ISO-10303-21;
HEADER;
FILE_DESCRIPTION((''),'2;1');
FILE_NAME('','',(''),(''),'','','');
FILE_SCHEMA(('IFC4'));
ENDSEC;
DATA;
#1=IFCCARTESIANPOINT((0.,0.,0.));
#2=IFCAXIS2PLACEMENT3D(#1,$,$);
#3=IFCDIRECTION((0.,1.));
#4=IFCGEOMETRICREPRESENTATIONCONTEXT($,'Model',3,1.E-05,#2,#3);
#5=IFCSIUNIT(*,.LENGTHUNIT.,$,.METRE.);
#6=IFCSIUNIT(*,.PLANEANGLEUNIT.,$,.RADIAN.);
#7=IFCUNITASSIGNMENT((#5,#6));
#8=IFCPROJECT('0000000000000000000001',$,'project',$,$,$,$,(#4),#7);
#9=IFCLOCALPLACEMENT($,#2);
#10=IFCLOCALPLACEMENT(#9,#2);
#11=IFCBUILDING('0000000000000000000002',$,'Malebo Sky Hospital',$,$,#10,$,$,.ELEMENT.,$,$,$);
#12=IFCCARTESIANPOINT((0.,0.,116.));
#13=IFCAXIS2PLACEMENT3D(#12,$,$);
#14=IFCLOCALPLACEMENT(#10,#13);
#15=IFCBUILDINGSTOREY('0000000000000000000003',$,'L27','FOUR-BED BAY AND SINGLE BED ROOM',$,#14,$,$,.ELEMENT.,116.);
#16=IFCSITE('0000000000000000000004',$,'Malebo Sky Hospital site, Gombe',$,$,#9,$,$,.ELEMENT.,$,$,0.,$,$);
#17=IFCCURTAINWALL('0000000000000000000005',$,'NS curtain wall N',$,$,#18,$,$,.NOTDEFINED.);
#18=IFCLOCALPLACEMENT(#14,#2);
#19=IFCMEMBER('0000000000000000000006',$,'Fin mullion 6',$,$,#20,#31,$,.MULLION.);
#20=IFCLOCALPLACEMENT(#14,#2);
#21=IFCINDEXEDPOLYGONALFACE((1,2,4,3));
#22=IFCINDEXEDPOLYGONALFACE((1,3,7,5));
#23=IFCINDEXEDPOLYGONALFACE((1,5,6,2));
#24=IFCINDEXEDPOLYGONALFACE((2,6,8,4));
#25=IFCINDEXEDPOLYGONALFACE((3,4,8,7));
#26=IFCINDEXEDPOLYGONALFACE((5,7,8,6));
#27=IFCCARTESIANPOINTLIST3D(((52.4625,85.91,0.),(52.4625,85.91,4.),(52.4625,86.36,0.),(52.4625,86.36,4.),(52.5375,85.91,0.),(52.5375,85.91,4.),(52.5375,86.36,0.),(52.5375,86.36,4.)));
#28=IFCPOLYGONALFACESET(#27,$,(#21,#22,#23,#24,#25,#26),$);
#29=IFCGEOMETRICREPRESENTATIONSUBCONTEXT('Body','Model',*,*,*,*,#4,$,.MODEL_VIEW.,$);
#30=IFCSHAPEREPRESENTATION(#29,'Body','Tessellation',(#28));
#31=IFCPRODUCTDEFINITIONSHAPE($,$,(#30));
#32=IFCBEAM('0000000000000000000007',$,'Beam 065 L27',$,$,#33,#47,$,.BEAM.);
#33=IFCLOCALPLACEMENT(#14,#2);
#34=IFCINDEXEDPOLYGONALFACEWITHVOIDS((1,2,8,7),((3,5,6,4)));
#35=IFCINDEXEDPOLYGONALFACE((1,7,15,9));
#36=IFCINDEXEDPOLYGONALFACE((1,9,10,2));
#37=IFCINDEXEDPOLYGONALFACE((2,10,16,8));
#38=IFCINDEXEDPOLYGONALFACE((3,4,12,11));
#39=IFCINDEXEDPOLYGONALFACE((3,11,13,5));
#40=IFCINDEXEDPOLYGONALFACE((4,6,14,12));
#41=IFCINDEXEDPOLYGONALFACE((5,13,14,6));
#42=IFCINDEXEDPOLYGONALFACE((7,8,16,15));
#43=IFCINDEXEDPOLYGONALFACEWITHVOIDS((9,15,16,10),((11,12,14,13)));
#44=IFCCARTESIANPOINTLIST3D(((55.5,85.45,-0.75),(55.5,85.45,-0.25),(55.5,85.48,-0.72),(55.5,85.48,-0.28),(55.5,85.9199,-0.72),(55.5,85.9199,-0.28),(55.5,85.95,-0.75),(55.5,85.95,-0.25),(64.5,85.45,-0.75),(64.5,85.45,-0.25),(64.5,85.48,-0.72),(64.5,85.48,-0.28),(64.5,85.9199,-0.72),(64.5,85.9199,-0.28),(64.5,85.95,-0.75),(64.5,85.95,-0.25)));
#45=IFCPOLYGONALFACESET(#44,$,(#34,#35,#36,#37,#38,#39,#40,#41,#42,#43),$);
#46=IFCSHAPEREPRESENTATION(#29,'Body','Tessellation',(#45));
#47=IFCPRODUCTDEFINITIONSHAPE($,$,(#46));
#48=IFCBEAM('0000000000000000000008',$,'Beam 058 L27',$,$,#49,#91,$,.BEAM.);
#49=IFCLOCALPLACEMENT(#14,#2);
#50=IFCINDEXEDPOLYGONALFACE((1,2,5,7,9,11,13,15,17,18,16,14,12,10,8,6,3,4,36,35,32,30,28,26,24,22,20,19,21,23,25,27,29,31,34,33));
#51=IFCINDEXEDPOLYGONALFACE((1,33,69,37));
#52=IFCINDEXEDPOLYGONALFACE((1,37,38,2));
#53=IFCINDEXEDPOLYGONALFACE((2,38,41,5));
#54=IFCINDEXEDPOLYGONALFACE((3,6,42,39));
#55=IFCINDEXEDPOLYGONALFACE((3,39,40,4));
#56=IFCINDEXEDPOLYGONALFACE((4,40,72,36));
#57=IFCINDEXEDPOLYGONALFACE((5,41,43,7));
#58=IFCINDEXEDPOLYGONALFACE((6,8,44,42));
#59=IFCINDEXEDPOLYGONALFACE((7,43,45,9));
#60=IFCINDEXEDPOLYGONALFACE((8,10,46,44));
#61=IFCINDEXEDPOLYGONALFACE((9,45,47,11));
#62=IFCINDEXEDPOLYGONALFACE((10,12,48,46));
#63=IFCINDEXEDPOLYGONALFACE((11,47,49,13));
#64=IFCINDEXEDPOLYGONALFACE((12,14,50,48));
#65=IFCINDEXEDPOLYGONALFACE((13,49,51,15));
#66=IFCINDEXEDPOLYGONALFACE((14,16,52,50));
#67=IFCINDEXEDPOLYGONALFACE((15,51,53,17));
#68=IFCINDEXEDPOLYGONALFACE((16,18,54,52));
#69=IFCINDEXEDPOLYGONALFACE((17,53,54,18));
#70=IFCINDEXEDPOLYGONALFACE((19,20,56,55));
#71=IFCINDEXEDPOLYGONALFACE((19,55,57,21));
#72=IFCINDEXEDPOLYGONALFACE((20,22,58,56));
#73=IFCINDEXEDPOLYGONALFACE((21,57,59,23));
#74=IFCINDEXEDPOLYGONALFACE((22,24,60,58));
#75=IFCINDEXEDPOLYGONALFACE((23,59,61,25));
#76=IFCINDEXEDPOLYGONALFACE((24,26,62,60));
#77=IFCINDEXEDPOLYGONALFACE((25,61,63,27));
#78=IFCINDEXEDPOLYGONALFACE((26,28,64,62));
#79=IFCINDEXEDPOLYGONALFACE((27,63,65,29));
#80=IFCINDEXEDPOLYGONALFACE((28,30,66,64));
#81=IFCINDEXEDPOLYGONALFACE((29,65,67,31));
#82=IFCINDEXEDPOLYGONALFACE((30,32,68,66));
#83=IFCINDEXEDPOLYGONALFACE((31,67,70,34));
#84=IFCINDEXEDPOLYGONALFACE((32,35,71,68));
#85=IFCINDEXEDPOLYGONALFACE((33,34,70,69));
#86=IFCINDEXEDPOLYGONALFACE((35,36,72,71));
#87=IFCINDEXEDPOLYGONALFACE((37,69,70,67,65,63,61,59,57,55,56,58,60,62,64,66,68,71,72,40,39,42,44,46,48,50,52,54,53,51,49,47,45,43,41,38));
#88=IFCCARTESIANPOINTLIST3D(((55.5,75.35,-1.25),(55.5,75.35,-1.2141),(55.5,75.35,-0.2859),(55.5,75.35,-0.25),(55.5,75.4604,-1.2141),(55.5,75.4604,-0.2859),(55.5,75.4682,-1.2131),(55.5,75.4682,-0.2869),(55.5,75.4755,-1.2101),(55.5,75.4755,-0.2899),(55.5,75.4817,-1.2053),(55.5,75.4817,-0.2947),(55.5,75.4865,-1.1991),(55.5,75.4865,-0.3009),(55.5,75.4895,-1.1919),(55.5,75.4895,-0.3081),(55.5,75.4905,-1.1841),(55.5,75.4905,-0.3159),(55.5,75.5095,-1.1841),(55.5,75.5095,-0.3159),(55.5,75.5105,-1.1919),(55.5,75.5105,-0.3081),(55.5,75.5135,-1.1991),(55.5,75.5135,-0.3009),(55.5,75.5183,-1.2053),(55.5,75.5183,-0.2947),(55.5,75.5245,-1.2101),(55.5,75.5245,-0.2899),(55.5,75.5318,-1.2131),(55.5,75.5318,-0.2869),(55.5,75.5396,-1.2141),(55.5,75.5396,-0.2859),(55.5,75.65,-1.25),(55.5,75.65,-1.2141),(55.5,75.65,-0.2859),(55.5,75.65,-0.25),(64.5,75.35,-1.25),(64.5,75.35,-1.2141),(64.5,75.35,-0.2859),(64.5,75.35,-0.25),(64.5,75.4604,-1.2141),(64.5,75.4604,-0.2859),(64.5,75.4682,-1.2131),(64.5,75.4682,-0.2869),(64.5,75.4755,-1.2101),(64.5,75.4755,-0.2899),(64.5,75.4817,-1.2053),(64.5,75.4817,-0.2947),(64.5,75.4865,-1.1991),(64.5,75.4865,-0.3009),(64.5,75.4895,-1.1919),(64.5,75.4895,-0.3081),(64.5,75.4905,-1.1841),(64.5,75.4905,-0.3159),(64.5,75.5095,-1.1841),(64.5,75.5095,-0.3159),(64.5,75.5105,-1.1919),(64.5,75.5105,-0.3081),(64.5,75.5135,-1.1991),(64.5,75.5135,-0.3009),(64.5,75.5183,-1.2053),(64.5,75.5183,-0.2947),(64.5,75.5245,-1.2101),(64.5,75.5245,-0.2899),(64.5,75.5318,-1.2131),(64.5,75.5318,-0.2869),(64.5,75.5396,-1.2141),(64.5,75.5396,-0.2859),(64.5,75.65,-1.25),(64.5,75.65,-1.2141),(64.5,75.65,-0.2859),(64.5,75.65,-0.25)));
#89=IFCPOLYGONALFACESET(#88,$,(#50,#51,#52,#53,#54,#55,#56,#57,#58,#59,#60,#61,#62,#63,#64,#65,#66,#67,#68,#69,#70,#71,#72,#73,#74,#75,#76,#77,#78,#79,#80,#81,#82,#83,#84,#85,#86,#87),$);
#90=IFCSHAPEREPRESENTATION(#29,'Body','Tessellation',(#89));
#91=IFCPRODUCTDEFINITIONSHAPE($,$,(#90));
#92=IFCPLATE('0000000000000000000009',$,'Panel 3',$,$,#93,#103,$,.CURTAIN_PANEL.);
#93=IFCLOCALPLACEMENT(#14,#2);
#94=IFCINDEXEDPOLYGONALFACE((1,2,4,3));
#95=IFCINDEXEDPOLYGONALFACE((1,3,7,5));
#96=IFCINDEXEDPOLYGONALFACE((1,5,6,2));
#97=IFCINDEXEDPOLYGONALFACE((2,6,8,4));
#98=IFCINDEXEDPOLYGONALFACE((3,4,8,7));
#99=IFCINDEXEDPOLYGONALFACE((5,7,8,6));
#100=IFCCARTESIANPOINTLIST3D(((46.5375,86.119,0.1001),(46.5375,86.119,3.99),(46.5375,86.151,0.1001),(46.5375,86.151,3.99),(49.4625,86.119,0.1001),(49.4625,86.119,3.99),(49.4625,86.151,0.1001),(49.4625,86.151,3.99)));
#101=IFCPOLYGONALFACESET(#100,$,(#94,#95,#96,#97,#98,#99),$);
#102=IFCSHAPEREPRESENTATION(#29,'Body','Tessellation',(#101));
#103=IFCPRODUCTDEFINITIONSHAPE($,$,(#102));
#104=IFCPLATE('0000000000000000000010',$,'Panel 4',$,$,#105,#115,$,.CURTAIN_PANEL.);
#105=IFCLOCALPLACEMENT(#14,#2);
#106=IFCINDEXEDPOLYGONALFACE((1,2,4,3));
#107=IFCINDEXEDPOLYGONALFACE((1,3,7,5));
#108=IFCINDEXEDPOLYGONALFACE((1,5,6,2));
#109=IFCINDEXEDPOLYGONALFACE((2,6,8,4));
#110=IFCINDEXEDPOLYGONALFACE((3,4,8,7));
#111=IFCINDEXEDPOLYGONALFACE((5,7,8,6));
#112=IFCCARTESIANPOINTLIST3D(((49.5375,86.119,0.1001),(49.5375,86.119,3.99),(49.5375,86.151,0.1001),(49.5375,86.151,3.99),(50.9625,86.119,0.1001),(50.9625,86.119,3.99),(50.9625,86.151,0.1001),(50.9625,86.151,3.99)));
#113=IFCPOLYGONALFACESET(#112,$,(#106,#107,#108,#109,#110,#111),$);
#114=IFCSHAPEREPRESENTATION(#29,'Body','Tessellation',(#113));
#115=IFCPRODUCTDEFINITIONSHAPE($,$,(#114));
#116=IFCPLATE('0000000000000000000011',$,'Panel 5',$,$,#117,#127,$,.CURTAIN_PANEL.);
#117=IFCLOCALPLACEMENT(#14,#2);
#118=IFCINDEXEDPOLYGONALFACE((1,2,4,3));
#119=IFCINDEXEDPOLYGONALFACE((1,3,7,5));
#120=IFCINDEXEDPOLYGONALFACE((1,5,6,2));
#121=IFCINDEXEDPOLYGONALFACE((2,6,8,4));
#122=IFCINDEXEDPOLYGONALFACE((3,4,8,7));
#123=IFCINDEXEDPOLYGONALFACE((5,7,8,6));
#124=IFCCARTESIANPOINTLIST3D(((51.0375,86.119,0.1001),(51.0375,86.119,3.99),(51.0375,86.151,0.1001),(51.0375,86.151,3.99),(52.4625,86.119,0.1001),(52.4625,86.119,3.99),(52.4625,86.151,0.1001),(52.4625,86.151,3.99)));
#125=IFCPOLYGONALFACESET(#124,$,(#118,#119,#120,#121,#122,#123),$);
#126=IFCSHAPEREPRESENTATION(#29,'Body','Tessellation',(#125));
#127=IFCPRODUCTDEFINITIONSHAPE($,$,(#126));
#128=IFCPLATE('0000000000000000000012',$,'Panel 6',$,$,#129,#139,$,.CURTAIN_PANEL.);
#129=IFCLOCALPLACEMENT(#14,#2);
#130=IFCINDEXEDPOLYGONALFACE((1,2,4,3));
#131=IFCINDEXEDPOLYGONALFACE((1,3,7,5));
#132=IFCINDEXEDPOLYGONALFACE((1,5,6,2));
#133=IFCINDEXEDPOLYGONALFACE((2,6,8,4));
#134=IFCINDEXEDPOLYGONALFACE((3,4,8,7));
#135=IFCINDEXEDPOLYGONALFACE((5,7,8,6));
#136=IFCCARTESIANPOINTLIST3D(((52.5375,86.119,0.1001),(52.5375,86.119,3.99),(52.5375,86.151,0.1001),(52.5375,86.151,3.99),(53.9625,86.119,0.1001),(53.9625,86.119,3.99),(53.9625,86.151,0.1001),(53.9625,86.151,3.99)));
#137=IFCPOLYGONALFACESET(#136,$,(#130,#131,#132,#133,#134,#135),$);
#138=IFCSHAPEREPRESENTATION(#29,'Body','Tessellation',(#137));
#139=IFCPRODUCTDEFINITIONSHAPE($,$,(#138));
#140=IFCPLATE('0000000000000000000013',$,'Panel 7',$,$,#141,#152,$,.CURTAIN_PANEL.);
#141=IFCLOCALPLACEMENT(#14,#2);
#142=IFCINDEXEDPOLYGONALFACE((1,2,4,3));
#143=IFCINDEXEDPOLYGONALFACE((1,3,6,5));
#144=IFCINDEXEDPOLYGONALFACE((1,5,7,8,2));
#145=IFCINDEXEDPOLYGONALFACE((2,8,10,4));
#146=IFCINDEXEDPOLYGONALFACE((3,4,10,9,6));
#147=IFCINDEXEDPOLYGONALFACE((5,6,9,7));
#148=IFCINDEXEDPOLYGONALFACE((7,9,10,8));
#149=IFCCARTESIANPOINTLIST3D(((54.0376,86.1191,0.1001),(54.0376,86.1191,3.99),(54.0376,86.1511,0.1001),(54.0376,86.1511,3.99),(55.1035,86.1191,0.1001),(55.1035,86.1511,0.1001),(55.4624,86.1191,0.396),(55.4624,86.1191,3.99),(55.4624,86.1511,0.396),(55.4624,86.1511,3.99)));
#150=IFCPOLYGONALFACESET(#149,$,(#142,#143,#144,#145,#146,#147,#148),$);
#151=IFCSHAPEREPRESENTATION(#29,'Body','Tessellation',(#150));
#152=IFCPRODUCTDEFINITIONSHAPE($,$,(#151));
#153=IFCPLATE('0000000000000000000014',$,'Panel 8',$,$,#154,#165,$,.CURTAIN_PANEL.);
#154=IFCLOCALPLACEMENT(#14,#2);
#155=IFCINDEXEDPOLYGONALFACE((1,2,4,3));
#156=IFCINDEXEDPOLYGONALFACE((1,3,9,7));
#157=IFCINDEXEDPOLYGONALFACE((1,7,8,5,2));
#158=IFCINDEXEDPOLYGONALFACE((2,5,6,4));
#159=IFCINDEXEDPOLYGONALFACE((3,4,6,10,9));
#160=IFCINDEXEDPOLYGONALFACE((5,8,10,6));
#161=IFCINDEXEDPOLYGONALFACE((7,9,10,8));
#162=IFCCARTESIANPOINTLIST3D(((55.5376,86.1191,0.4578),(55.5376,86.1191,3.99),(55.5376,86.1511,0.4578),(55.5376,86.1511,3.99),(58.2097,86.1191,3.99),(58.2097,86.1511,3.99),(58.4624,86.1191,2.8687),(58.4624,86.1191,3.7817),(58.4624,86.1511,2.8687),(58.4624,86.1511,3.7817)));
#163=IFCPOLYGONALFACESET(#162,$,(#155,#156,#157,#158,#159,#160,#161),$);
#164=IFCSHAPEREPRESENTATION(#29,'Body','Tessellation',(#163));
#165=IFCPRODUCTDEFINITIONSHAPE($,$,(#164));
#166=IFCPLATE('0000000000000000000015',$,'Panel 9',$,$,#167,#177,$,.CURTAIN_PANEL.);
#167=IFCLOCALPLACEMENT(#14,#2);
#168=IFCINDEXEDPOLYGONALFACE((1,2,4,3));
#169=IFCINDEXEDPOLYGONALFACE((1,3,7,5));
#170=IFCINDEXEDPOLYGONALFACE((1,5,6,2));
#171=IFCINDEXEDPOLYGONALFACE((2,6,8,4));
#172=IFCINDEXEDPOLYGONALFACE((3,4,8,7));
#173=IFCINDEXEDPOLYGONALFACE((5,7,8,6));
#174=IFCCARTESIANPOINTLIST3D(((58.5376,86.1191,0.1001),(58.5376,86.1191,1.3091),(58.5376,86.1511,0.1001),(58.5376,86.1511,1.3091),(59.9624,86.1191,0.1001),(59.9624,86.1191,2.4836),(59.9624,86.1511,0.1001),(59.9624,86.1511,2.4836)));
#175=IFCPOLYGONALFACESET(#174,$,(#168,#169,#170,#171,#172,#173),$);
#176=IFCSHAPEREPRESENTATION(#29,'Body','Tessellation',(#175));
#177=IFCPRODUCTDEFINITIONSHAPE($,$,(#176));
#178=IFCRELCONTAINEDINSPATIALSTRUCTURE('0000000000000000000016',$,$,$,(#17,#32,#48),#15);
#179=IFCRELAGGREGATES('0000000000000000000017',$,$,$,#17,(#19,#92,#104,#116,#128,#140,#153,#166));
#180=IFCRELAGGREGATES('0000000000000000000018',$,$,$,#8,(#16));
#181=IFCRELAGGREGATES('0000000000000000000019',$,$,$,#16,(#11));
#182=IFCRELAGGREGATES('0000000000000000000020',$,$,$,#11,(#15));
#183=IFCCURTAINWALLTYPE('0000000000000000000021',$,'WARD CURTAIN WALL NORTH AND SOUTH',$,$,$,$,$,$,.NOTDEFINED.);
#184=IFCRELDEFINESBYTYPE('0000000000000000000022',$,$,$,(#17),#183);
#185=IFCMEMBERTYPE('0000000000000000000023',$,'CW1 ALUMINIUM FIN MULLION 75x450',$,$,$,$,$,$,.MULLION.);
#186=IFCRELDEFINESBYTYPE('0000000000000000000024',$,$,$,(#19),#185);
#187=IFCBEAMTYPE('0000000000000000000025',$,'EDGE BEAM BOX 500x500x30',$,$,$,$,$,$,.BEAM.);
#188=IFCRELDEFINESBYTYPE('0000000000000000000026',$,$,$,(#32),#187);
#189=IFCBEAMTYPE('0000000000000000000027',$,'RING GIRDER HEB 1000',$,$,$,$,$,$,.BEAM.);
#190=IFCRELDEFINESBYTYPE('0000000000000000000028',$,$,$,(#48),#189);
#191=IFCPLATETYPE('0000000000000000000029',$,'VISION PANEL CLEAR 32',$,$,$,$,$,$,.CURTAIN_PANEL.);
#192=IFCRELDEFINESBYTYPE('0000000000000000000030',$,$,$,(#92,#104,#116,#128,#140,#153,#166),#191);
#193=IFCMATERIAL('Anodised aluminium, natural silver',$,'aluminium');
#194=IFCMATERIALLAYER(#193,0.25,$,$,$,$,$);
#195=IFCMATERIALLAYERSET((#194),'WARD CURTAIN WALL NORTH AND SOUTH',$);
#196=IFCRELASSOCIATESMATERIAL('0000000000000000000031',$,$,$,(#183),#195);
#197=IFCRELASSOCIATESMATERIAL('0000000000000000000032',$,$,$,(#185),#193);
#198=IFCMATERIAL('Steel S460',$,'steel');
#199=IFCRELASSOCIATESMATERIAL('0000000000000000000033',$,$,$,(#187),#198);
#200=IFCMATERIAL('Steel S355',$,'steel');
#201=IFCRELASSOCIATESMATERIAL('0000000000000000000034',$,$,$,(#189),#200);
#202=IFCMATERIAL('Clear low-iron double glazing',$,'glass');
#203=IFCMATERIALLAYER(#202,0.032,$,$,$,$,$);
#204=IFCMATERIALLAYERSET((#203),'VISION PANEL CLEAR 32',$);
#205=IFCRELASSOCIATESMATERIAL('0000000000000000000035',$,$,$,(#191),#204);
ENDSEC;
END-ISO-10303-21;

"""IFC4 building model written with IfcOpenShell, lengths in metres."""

from ifc_helpers import new_model, si_unit, direction, frame, origin, origin_2d, place, context, subcontext, project, spatial, polyline, rectangle, hollow_rectangle, i_section, outline, extrude, material, layer, layer_set, material_profile, profile_set, type_object, element, aggregate, save


model = new_model("IFC4")

# Units and contexts
model_context = context("Model", 3, precision=1e-05, world=origin(), true_north=direction((0.0, 1.0)))
body_context = subcontext(model_context, "Body", "Model", "MODEL_VIEW")
ifc_project = project(units=[si_unit("LENGTHUNIT", "METRE"), si_unit("PLANEANGLEUNIT", "RADIAN")], contexts=[model_context])

# Site, building, storey
site_placement = place(None, origin())
site = spatial("IfcSite", under=ifc_project, at=site_placement, Name="Malebo Sky Hospital site, Gombe", CompositionType="ELEMENT", RefElevation=0.0)
building_placement = place(site_placement, origin())
building = spatial("IfcBuilding", under=site, at=building_placement, Name="Malebo Sky Hospital", CompositionType="ELEMENT")
storey_placement = place(building_placement, frame((0.0, 0.0, 116.0)))
storey = spatial("IfcBuildingStorey", under=building, at=storey_placement, Name="L27", Description="FOUR-BED BAY AND SINGLE BED ROOM", CompositionType="ELEMENT", Elevation=116.0)

# Shared definitions
ifc_material_1 = material(Name="Steel S460", Category="steel")

# Curtain wall
ifc_material_2 = material(Name="Anodised aluminium, natural silver", Category="aluminium")
ifc_layer_1 = layer(ifc_material_2, 0.25)
ifc_layer_set_1 = layer_set([ifc_layer_1], Name="WARD CURTAIN WALL NORTH AND SOUTH")
curtain_wall_type = type_object("IfcCurtainWallType", Name="WARD CURTAIN WALL NORTH AND SOUTH", PredefinedType="NOTDEFINED", material=ifc_layer_set_1)
curtain_wall_placement = place(storey_placement, origin())
curtain_wall = element("IfcCurtainWall", 1, at=curtain_wall_placement, inside=storey, type_object=curtain_wall_type, Name="NS curtain wall N", PredefinedType="NOTDEFINED")

# Member
ifc_material_3 = material(Name="Steel S355", Category="steel")
ifc_material_profile_1 = material_profile(ifc_material_2, rectangle(XDim=0.075, YDim=0.45, at=origin_2d()), Name="CW1 ALUMINIUM FIN MULLION 75x450")
ifc_profile_set_1 = profile_set([ifc_material_profile_1], Name="Anodised aluminium, natural silver")
member_type_1 = type_object("IfcMemberType", Name="CW1 ALUMINIUM FIN MULLION 75x450", PredefinedType="MULLION", material=ifc_profile_set_1)
member_1_placement = place(storey_placement, frame((52.5, 86.135, 0.0), z_axis=(0.0, 0.0, 1.0), x_axis=(1.0, 0.0, 0.0)))
member_1 = element("IfcMember", 2, at=member_1_placement, type_object=member_type_1, Name="Fin mullion 6", PredefinedType="MULLION", context=body_context, shape_type="SweptSolid", body=[
    extrude(rectangle(XDim=0.075, YDim=0.45, at=origin_2d()), origin(), (0.0, 0.0, 1.0), 4.0),
])

# Beams
ifc_material_profile_2 = material_profile(ifc_material_1, hollow_rectangle(XDim=0.5, YDim=0.5, WallThickness=0.03, at=origin_2d()), Name="BOX 500x500x30")
ifc_profile_set_2 = profile_set([ifc_material_profile_2], Name="Steel S460")
beam_type_1 = type_object("IfcBeamType", Name="EDGE BEAM BOX 500x500x30", PredefinedType="BEAM", material=ifc_profile_set_2)
beam_1_placement = place(storey_placement, frame((55.5, 85.7, -0.5), z_axis=(1.0, 0.0, 0.0), x_axis=(0.0, 1.0, 0.0)))
element("IfcBeam", 3, at=beam_1_placement, inside=storey, type_object=beam_type_1, Name="Beam 065 L27", PredefinedType="BEAM", context=body_context, shape_type="SweptSolid", body=[
    extrude(hollow_rectangle(XDim=0.5, YDim=0.5, WallThickness=0.03, at=origin_2d()), origin(), (0.0, 0.0, 1.0), 9.0),
])
ifc_material_profile_3 = material_profile(ifc_material_3, i_section(OverallWidth=0.3, OverallDepth=1.0, WebThickness=0.019, FlangeThickness=0.0359, FilletRadius=0.03, at=origin_2d()), Name="HEB 1000")
ifc_profile_set_3 = profile_set([ifc_material_profile_3], Name="Steel S355")
beam_type_2 = type_object("IfcBeamType", Name="RING GIRDER HEB 1000", PredefinedType="BEAM", material=ifc_profile_set_3)
beam_2_placement = place(storey_placement, frame((55.5, 75.5, -0.75), z_axis=(1.0, 0.0, 0.0), x_axis=(0.0, 1.0, 0.0)))
element("IfcBeam", 4, at=beam_2_placement, inside=storey, type_object=beam_type_2, Name="Beam 058 L27", PredefinedType="BEAM", context=body_context, shape_type="SweptSolid", body=[
    extrude(i_section(OverallWidth=0.3, OverallDepth=1.0, WebThickness=0.019, FlangeThickness=0.0359, FilletRadius=0.03, at=origin_2d()), origin(), (0.0, 0.0, 1.0), 9.0),
])

# Plates
ifc_material_4 = material(Name="Clear low-iron double glazing", Category="glass")
ifc_layer_2 = layer(ifc_material_4, 0.032)
ifc_layer_set_2 = layer_set([ifc_layer_2], Name="VISION PANEL CLEAR 32")
plate_type = type_object("IfcPlateType", Name="VISION PANEL CLEAR 32", PredefinedType="CURTAIN_PANEL", material=ifc_layer_set_2)
plate_1_placement = place(storey_placement, frame((48.0, 86.135, 0.1001), z_axis=(0.0, 0.0, 1.0), x_axis=(1.0, 0.0, 0.0)))
plate_1 = element("IfcPlate", 5, at=plate_1_placement, type_object=plate_type, Name="Panel 3", PredefinedType="CURTAIN_PANEL", context=body_context, shape_type="SweptSolid", body=[
    extrude(rectangle(XDim=2.925, YDim=0.032, at=origin_2d()), origin(), (0.0, 0.0, 1.0), 3.8899),
])
plate_2_placement = place(storey_placement, frame((50.25, 86.135, 0.1001), z_axis=(0.0, 0.0, 1.0), x_axis=(1.0, 0.0, 0.0)))
plate_2 = element("IfcPlate", 6, at=plate_2_placement, type_object=plate_type, Name="Panel 4", PredefinedType="CURTAIN_PANEL", context=body_context, shape_type="SweptSolid", body=[
    extrude(rectangle(XDim=1.425, YDim=0.032, at=origin_2d()), origin(), (0.0, 0.0, 1.0), 3.8899),
])
plate_3_placement = place(storey_placement, frame((51.75, 86.135, 0.1001), z_axis=(0.0, 0.0, 1.0), x_axis=(1.0, 0.0, 0.0)))
plate_3 = element("IfcPlate", 7, at=plate_3_placement, type_object=plate_type, Name="Panel 5", PredefinedType="CURTAIN_PANEL", context=body_context, shape_type="SweptSolid", body=[
    extrude(rectangle(XDim=1.425, YDim=0.032, at=origin_2d()), origin(), (0.0, 0.0, 1.0), 3.8899),
])
plate_4_placement = place(storey_placement, frame((53.25, 86.135, 0.1001), z_axis=(0.0, 0.0, 1.0), x_axis=(1.0, 0.0, 0.0)))
plate_4 = element("IfcPlate", 8, at=plate_4_placement, type_object=plate_type, Name="Panel 6", PredefinedType="CURTAIN_PANEL", context=body_context, shape_type="SweptSolid", body=[
    extrude(rectangle(XDim=1.425, YDim=0.032, at=origin_2d()), origin(), (0.0, 0.0, 1.0), 3.8899),
])
plate_5_placement = place(storey_placement, frame((54.75, 86.135, 0.1001), z_axis=(0.0, 0.0, 1.0), x_axis=(1.0, 0.0, 0.0)))
plate_5 = element("IfcPlate", 9, at=plate_5_placement, type_object=plate_type, Name="Panel 7", PredefinedType="CURTAIN_PANEL", context=body_context, shape_type="SweptSolid", body=[
    extrude(outline(polyline([(-0.7124, 0.0), (0.3535, 0.0), (0.7124, 0.2959), (0.7124, 3.8899), (-0.7124, 3.8899), (-0.7124, 0.0)])), frame((0.0, 0.0161, 0.0), z_axis=(0.0, -1.0, 0.0), x_axis=(1.0, 0.0, 0.0)), (0.0, 0.0, 1.0), 0.032),
])
plate_6_placement = place(storey_placement, frame((57.0, 86.135, 0.4578), z_axis=(0.0, 0.0, 1.0), x_axis=(1.0, 0.0, 0.0)))
plate_6 = element("IfcPlate", 10, at=plate_6_placement, type_object=plate_type, Name="Panel 8", PredefinedType="CURTAIN_PANEL", context=body_context, shape_type="SweptSolid", body=[
    extrude(outline(polyline([(-1.4624, 0.0), (1.4624, 2.4109), (1.4624, 3.324), (1.2097, 3.5322), (-1.4624, 3.5322), (-1.4624, 0.0)])), frame((0.0, 0.0161, 0.0), z_axis=(0.0, -1.0, 0.0), x_axis=(1.0, 0.0, 0.0)), (0.0, 0.0, 1.0), 0.032),
])
plate_7_placement = place(storey_placement, frame((59.25, 86.135, 0.1001), z_axis=(0.0, 0.0, 1.0), x_axis=(1.0, 0.0, 0.0)))
plate_7 = element("IfcPlate", 11, at=plate_7_placement, type_object=plate_type, Name="Panel 9", PredefinedType="CURTAIN_PANEL", context=body_context, shape_type="SweptSolid", body=[
    extrude(outline(polyline([(-0.7124, 0.0), (0.7124, 0.0), (0.7124, 2.3835), (-0.7124, 1.209), (-0.7124, 0.0)])), frame((0.0, 0.0161, 0.0), z_axis=(0.0, -1.0, 0.0), x_axis=(1.0, 0.0, 0.0)), (0.0, 0.0, 1.0), 0.032),
])
aggregate(curtain_wall, [member_1, plate_1, plate_2, plate_3, plate_4, plate_5, plate_6, plate_7])

save(model, "model.ifc")
